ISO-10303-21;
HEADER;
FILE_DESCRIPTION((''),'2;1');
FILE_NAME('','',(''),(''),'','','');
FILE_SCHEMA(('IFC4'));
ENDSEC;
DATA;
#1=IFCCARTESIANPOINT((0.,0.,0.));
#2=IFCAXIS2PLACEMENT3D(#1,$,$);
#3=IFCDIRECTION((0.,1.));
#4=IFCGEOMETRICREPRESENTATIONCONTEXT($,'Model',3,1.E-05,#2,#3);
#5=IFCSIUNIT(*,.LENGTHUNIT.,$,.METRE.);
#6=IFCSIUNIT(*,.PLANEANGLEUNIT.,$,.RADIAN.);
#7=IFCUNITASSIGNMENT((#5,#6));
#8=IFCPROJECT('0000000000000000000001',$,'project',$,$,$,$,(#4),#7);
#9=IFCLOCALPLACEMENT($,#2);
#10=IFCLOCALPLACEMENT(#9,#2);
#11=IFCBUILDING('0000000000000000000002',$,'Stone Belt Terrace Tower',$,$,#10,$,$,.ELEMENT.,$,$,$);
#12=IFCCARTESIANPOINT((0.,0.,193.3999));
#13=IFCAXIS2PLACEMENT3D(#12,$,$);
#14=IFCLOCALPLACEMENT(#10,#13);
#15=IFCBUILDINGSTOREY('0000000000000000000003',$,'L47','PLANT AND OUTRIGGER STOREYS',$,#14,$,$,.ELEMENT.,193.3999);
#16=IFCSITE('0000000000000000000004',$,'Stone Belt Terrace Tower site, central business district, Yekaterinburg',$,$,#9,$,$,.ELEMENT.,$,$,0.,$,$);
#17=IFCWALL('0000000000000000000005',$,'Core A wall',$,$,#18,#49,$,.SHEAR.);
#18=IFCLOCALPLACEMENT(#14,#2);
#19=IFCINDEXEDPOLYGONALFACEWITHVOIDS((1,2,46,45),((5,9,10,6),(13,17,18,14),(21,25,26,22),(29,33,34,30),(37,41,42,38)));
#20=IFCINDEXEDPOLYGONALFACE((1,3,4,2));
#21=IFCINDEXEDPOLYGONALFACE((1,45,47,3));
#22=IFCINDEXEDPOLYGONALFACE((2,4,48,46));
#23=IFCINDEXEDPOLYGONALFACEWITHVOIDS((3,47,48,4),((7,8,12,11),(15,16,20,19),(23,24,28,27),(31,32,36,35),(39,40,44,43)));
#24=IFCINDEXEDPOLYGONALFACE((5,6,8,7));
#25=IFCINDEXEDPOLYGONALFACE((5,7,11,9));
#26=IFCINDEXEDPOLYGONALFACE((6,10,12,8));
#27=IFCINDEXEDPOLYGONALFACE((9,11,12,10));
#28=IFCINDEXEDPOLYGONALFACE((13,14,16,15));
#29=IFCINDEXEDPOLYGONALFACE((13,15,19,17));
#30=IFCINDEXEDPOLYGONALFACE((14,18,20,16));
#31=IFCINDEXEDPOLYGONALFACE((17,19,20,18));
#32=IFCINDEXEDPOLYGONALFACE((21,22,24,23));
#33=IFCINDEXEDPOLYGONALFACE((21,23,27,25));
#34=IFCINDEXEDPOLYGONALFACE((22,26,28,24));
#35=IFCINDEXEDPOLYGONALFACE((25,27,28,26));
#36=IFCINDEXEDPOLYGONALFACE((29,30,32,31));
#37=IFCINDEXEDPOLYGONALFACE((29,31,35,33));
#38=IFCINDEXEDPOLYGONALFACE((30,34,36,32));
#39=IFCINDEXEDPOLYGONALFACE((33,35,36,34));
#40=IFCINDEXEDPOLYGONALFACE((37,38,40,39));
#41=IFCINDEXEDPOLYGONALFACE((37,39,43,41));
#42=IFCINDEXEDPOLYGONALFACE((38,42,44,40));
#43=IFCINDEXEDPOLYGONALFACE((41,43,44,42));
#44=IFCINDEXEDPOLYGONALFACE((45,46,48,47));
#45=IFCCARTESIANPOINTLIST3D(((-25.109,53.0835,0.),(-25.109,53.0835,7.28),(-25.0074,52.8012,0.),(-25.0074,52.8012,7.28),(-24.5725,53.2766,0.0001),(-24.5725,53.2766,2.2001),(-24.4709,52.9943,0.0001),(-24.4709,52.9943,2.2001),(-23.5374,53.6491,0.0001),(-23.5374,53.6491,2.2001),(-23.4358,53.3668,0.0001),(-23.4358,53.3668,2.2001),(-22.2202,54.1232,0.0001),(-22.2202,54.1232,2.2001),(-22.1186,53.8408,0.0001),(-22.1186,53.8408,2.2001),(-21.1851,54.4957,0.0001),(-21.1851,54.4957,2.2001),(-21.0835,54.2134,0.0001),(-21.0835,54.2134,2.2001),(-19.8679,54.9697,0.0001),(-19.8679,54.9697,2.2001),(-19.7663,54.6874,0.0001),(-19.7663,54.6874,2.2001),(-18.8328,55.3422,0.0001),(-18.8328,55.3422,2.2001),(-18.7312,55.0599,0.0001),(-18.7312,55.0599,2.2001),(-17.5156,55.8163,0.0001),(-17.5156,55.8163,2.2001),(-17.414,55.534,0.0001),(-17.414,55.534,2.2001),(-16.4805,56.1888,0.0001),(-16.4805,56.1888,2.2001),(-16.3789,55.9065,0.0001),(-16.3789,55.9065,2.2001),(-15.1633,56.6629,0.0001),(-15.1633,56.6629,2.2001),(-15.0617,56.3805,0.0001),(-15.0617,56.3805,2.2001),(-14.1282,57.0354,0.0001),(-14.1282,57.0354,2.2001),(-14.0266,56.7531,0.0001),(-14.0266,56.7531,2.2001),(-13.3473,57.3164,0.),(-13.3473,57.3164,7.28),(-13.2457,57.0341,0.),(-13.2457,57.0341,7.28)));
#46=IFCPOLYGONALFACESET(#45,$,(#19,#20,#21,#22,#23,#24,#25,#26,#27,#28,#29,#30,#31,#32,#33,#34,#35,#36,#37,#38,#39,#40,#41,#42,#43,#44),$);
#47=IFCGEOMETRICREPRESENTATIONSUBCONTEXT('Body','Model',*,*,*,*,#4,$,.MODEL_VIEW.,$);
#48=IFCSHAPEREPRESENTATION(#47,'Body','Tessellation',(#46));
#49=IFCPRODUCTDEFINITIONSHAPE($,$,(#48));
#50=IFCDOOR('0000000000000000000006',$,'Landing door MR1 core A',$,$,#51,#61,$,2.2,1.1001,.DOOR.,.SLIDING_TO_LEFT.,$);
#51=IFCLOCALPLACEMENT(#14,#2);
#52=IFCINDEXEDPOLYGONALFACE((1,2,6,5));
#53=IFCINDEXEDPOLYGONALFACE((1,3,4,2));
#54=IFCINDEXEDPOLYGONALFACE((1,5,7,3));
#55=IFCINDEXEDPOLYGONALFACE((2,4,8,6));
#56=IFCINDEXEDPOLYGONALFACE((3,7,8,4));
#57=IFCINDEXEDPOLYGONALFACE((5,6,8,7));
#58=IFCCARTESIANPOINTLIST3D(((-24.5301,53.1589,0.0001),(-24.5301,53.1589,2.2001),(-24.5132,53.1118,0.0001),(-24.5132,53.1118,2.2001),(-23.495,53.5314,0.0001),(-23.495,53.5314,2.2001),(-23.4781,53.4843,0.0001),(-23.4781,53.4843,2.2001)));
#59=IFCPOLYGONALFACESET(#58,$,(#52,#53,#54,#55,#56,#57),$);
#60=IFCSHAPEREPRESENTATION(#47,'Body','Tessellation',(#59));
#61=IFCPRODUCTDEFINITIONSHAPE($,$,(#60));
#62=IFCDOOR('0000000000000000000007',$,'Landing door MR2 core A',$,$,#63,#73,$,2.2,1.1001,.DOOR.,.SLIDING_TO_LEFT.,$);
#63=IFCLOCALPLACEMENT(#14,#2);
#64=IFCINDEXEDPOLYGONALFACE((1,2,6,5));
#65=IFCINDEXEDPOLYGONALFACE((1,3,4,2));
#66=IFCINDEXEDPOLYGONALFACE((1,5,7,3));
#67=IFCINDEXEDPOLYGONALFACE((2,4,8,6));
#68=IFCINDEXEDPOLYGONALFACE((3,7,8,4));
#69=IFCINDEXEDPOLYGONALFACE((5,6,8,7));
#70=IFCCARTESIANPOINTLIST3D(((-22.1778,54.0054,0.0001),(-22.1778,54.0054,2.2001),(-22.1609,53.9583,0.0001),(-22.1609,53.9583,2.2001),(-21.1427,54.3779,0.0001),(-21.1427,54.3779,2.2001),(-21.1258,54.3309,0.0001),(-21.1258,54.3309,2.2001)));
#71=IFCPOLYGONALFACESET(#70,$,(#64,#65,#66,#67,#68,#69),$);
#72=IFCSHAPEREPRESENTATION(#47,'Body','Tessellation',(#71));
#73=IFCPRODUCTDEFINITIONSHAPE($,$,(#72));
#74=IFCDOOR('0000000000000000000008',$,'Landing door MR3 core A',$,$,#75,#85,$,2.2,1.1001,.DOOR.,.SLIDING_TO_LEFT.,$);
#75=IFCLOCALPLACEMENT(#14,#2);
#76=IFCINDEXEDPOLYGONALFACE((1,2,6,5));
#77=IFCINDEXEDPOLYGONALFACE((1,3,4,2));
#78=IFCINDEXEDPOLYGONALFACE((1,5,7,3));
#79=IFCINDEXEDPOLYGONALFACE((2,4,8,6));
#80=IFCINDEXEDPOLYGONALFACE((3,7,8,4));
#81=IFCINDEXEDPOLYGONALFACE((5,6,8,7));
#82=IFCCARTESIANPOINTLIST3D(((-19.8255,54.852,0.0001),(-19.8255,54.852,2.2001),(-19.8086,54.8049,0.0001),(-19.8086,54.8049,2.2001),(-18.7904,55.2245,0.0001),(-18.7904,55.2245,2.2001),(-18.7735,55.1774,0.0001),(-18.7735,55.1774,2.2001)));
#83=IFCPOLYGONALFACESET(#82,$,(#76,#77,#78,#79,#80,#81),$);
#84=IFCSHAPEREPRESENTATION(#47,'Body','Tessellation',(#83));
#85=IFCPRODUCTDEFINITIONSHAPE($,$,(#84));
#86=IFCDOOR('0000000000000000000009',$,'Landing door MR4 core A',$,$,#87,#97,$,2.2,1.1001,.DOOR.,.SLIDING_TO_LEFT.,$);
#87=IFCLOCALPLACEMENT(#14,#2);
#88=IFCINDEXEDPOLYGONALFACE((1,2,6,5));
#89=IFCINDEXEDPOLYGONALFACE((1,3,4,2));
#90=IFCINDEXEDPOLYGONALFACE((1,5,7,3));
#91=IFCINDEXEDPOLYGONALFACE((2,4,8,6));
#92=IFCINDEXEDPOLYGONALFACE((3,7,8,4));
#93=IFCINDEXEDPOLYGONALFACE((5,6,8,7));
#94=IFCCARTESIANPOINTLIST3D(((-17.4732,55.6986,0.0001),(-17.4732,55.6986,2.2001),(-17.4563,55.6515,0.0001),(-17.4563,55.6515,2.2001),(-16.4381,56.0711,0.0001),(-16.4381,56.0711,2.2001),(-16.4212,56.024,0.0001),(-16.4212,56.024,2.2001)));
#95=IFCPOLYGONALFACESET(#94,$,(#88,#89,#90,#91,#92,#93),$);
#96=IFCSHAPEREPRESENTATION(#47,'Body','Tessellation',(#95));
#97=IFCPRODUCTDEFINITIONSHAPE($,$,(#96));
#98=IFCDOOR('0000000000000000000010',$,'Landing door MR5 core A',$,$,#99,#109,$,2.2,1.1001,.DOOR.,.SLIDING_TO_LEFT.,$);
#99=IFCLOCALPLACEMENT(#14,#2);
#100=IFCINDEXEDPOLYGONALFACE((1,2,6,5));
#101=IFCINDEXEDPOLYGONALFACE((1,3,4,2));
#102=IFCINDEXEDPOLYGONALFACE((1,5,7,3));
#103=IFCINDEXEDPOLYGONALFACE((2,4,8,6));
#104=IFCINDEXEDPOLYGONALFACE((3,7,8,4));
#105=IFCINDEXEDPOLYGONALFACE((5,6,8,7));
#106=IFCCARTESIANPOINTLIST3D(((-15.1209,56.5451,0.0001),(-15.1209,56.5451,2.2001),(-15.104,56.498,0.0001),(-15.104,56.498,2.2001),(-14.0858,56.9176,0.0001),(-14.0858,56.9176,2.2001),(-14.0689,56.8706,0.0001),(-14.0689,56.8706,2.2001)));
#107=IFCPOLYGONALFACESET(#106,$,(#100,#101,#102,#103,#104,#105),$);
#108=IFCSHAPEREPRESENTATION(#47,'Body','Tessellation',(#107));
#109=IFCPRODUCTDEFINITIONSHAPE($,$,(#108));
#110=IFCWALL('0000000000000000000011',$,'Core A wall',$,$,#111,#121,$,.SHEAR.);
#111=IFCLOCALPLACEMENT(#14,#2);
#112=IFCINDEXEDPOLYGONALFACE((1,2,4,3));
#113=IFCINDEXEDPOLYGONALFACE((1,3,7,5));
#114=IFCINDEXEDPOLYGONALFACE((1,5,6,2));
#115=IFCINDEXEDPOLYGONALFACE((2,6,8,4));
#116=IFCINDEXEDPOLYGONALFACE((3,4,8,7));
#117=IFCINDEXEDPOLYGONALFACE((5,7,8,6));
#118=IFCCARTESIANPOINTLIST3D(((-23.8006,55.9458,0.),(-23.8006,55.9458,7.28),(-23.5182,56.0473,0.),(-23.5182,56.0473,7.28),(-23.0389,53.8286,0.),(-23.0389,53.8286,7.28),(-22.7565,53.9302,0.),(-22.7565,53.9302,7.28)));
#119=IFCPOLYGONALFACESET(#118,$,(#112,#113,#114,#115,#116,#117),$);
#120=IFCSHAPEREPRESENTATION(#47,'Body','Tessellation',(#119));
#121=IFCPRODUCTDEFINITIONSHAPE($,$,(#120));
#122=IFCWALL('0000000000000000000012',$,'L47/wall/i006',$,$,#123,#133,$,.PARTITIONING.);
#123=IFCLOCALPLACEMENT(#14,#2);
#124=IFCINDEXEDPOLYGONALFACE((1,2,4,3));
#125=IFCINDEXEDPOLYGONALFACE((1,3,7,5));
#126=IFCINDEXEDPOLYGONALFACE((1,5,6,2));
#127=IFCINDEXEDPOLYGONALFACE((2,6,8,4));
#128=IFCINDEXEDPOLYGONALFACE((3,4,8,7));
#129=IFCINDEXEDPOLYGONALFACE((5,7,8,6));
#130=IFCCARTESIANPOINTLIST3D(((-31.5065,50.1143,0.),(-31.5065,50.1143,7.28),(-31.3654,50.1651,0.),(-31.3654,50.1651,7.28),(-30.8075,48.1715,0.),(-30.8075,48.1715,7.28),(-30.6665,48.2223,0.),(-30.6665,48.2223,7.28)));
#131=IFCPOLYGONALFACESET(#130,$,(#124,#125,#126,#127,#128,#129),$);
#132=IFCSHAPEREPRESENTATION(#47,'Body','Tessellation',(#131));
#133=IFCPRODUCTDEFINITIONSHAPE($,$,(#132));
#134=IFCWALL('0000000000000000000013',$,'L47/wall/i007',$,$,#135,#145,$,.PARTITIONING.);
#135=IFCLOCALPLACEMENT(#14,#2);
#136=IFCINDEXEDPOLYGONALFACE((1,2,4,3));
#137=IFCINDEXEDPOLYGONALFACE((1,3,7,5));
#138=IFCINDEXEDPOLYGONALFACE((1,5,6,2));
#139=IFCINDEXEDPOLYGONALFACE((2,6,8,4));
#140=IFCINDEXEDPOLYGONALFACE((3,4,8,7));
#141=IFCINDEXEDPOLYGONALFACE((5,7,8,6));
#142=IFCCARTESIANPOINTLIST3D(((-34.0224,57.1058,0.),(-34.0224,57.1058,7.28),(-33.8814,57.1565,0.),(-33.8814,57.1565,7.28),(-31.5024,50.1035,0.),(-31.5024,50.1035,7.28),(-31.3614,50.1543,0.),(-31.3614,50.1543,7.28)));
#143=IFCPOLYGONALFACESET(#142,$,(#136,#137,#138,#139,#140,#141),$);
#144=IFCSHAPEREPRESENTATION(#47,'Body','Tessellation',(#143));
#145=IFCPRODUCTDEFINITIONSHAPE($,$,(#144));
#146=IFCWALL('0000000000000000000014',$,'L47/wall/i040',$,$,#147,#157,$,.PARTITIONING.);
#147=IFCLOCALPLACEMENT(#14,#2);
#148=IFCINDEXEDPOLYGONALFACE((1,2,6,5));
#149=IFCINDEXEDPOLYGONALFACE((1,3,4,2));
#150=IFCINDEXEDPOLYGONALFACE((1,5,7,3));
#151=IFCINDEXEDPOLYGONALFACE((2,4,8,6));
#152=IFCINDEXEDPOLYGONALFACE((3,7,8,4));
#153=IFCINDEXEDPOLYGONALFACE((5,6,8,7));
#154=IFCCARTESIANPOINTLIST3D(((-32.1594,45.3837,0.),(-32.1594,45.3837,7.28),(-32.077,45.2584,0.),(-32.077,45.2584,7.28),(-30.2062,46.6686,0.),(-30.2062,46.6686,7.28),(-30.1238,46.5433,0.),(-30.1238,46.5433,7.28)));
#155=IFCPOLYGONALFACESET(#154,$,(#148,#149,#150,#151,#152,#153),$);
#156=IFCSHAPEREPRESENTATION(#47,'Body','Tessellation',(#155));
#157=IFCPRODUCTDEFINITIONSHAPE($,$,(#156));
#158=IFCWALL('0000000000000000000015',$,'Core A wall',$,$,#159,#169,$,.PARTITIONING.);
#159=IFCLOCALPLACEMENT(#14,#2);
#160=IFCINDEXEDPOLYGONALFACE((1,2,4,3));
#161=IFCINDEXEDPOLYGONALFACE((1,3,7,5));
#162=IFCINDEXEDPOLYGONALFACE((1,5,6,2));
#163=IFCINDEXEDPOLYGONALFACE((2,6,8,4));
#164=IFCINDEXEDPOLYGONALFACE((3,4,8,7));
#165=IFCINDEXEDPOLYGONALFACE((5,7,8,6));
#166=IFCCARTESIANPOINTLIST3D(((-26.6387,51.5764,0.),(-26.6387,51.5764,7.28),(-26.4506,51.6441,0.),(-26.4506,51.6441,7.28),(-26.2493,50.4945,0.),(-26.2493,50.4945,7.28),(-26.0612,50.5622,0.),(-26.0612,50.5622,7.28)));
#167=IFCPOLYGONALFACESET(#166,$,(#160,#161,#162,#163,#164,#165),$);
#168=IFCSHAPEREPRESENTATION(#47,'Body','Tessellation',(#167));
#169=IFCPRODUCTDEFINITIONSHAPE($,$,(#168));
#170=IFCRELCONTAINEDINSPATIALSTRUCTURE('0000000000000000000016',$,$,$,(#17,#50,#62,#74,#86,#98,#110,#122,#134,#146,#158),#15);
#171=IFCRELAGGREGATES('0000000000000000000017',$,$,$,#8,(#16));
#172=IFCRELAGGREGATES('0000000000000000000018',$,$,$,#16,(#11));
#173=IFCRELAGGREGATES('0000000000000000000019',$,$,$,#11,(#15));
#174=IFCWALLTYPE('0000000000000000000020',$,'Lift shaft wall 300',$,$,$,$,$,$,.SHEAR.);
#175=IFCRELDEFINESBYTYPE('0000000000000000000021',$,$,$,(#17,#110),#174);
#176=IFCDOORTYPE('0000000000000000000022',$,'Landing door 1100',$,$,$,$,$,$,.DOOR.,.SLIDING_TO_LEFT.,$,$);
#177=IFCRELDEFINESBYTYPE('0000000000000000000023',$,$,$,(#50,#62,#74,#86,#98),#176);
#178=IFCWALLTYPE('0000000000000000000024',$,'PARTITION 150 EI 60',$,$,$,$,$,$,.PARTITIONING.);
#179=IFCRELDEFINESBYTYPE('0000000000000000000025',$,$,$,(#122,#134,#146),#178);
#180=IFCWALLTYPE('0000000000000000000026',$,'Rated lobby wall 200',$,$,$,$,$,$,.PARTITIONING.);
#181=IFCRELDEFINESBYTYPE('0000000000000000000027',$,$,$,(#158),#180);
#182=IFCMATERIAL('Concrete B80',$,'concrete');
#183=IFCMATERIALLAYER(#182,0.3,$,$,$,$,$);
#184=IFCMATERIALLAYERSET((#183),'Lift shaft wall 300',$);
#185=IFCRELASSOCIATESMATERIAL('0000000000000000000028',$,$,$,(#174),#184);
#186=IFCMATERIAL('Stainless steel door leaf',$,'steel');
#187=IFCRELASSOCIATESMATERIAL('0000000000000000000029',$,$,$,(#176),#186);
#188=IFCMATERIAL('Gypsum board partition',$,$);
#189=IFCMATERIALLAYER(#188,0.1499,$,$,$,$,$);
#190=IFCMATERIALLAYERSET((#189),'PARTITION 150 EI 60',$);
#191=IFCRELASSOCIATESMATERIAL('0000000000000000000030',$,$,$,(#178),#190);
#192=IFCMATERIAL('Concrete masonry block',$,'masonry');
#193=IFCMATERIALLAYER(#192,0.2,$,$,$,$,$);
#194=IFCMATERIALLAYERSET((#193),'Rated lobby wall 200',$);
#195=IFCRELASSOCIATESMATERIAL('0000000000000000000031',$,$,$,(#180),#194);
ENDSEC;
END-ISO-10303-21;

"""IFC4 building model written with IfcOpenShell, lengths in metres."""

from ifc_helpers import new_model, si_unit, direction, frame, frame_2d, origin, place, context, subcontext, project, spatial, rectangle, extrude, material, layer, layer_set, type_object, element, fill, save


model = new_model("IFC4")

# Units and contexts
model_context = context("Model", 3, precision=1e-05, world=origin(), true_north=direction((0.0, 1.0)))
body_context = subcontext(model_context, "Body", "Model", "MODEL_VIEW")
ifc_project = project(units=[si_unit("LENGTHUNIT", "METRE"), si_unit("PLANEANGLEUNIT", "RADIAN")], contexts=[model_context])

# Site, building, storey
site_placement = place(None, origin())
site = spatial("IfcSite", under=ifc_project, at=site_placement, Name="Stone Belt Terrace Tower site, central business district, Yekaterinburg", CompositionType="ELEMENT", RefElevation=0.0)
building_placement = place(site_placement, origin())
building = spatial("IfcBuilding", under=site, at=building_placement, Name="Stone Belt Terrace Tower", CompositionType="ELEMENT")
storey_placement = place(building_placement, frame((0.0, 0.0, 193.3999)))
storey = spatial("IfcBuildingStorey", under=building, at=storey_placement, Name="L47", Description="PLANT AND OUTRIGGER STOREYS", CompositionType="ELEMENT", Elevation=193.3999)

# Shared definitions
ifc_material_1 = material(Name="Concrete B80", Category="concrete")

# Shared definitions
ifc_layer_1 = layer(ifc_material_1, 0.3)
ifc_layer_set_1 = layer_set([ifc_layer_1], Name="Lift shaft wall 300")
wall_type_1 = type_object("IfcWallType", Name="Lift shaft wall 300", PredefinedType="SHEAR", material=ifc_layer_set_1)
ifc_material_2 = material(Name="Stainless steel door leaf", Category="steel")

# Wall, openings, doors
wall_1_placement = place(storey_placement, frame((-25.0581, 52.9424, 0.0), z_axis=(0.0, 0.0, 1.0), x_axis=(0.940921, 0.338627, 0.0)))
wall_1 = element("IfcWall", 1, at=wall_1_placement, inside=storey, type_object=wall_type_1, Name="Core A wall", PredefinedType="SHEAR", context=body_context, shape_type="SweptSolid", body=[
    extrude(rectangle(XDim=12.5002, YDim=0.3, at=frame_2d((6.25, 0.0))), origin(), (0.0, 0.0, 1.0), 7.28),
])
opening_1_placement = place(wall_1_placement, frame((0.5701, 0.0, 0.0)))
opening_1 = element("IfcOpeningElement", 2, at=opening_1_placement, cuts=wall_1, PredefinedType="OPENING", context=body_context, shape_type="SweptSolid", body=[
    extrude(rectangle(XDim=1.1001, YDim=2.2, at=frame_2d((0.55, 1.1001))), frame((0.0, 0.1599, 0.0), z_axis=(0.0, -1.0, 0.0), x_axis=(1.0, 0.0, 0.0)), (0.0, 0.0, 1.0), 0.3201),
])
opening_2_placement = place(wall_1_placement, frame((3.0701, 0.0, 0.0)))
opening_2 = element("IfcOpeningElement", 3, at=opening_2_placement, cuts=wall_1, PredefinedType="OPENING", context=body_context, shape_type="SweptSolid", body=[
    extrude(rectangle(XDim=1.1001, YDim=2.2, at=frame_2d((0.55, 1.1001))), frame((0.0, 0.1599, 0.0), z_axis=(0.0, -1.0, 0.0), x_axis=(1.0, 0.0, 0.0)), (0.0, 0.0, 1.0), 0.3201),
])
opening_3_placement = place(wall_1_placement, frame((5.5701, 0.0, 0.0)))
opening_3 = element("IfcOpeningElement", 4, at=opening_3_placement, cuts=wall_1, PredefinedType="OPENING", context=body_context, shape_type="SweptSolid", body=[
    extrude(rectangle(XDim=1.1001, YDim=2.2, at=frame_2d((0.55, 1.1001))), frame((0.0, 0.1599, 0.0), z_axis=(0.0, -1.0, 0.0), x_axis=(1.0, 0.0, 0.0)), (0.0, 0.0, 1.0), 0.3201),
])
opening_4_placement = place(wall_1_placement, frame((8.0701, 0.0, 0.0)))
opening_4 = element("IfcOpeningElement", 5, at=opening_4_placement, cuts=wall_1, PredefinedType="OPENING", context=body_context, shape_type="SweptSolid", body=[
    extrude(rectangle(XDim=1.1001, YDim=2.2, at=frame_2d((0.55, 1.1001))), frame((0.0, 0.1599, 0.0), z_axis=(0.0, -1.0, 0.0), x_axis=(1.0, 0.0, 0.0)), (0.0, 0.0, 1.0), 0.3201),
])
opening_5_placement = place(wall_1_placement, frame((10.5701, 0.0, 0.0)))
opening_5 = element("IfcOpeningElement", 6, at=opening_5_placement, cuts=wall_1, PredefinedType="OPENING", context=body_context, shape_type="SweptSolid", body=[
    extrude(rectangle(XDim=1.1001, YDim=2.2, at=frame_2d((0.55, 1.1001))), frame((0.0, 0.1599, 0.0), z_axis=(0.0, -1.0, 0.0), x_axis=(1.0, 0.0, 0.0)), (0.0, 0.0, 1.0), 0.3201),
])
door_type_1 = type_object("IfcDoorType", Name="Landing door 1100", OperationType="SLIDING_TO_LEFT", PredefinedType="DOOR", material=ifc_material_2)
door_1_placement = place(opening_1_placement, origin())
door_1 = element("IfcDoor", 7, at=door_1_placement, inside=storey, type_object=door_type_1, Name="Landing door MR1 core A", OperationType="SLIDING_TO_LEFT", OverallHeight=2.2, OverallWidth=1.1001, PredefinedType="DOOR", context=body_context, shape_type="SweptSolid", body=[
    extrude(rectangle(XDim=1.1001, YDim=2.2, at=frame_2d((0.55, 1.1001))), frame((0.0, 0.0249, 0.0), z_axis=(0.0, -1.0, 0.0), x_axis=(1.0, 0.0, 0.0)), (0.0, 0.0, 1.0), 0.05),
])
fill(opening_1, door_1)
door_2_placement = place(opening_2_placement, origin())
door_2 = element("IfcDoor", 8, at=door_2_placement, inside=storey, type_object=door_type_1, Name="Landing door MR2 core A", OperationType="SLIDING_TO_LEFT", OverallHeight=2.2, OverallWidth=1.1001, PredefinedType="DOOR", context=body_context, shape_type="SweptSolid", body=[
    extrude(rectangle(XDim=1.1001, YDim=2.2, at=frame_2d((0.55, 1.1001))), frame((0.0, 0.0249, 0.0), z_axis=(0.0, -1.0, 0.0), x_axis=(1.0, 0.0, 0.0)), (0.0, 0.0, 1.0), 0.05),
])
fill(opening_2, door_2)
door_3_placement = place(opening_3_placement, origin())
door_3 = element("IfcDoor", 9, at=door_3_placement, inside=storey, type_object=door_type_1, Name="Landing door MR3 core A", OperationType="SLIDING_TO_LEFT", OverallHeight=2.2, OverallWidth=1.1001, PredefinedType="DOOR", context=body_context, shape_type="SweptSolid", body=[
    extrude(rectangle(XDim=1.1001, YDim=2.2, at=frame_2d((0.55, 1.1001))), frame((0.0, 0.0249, 0.0), z_axis=(0.0, -1.0, 0.0), x_axis=(1.0, 0.0, 0.0)), (0.0, 0.0, 1.0), 0.05),
])
fill(opening_3, door_3)
door_4_placement = place(opening_4_placement, origin())
door_4 = element("IfcDoor", 10, at=door_4_placement, inside=storey, type_object=door_type_1, Name="Landing door MR4 core A", OperationType="SLIDING_TO_LEFT", OverallHeight=2.2, OverallWidth=1.1001, PredefinedType="DOOR", context=body_context, shape_type="SweptSolid", body=[
    extrude(rectangle(XDim=1.1001, YDim=2.2, at=frame_2d((0.55, 1.1001))), frame((0.0, 0.0249, 0.0), z_axis=(0.0, -1.0, 0.0), x_axis=(1.0, 0.0, 0.0)), (0.0, 0.0, 1.0), 0.05),
])
fill(opening_4, door_4)
door_5_placement = place(opening_5_placement, origin())
door_5 = element("IfcDoor", 11, at=door_5_placement, inside=storey, type_object=door_type_1, Name="Landing door MR5 core A", OperationType="SLIDING_TO_LEFT", OverallHeight=2.2, OverallWidth=1.1001, PredefinedType="DOOR", context=body_context, shape_type="SweptSolid", body=[
    extrude(rectangle(XDim=1.1001, YDim=2.2, at=frame_2d((0.55, 1.1001))), frame((0.0, 0.0249, 0.0), z_axis=(0.0, -1.0, 0.0), x_axis=(1.0, 0.0, 0.0)), (0.0, 0.0, 1.0), 0.05),
])
fill(opening_5, door_5)

# Walls
wall_2_placement = place(storey_placement, frame((-22.8977, 53.8794, 0.0), z_axis=(0.0, 0.0, 1.0), x_axis=(-0.338535, 0.940954, 0.0)))
element("IfcWall", 12, at=wall_2_placement, inside=storey, type_object=wall_type_1, Name="Core A wall", PredefinedType="SHEAR", context=body_context, shape_type="SweptSolid", body=[
    extrude(rectangle(XDim=2.25, YDim=0.3, at=frame_2d((1.125, 0.0))), origin(), (0.0, 0.0, 1.0), 7.28),
])
ifc_material_3 = material(Name="Gypsum board partition")
ifc_layer_2 = layer(ifc_material_3, 0.1499)
ifc_layer_set_2 = layer_set([ifc_layer_2], Name="PARTITION 150 EI 60")
wall_type_2 = type_object("IfcWallType", Name="PARTITION 150 EI 60", PredefinedType="PARTITIONING", material=ifc_layer_set_2)
wall_3_placement = place(storey_placement, frame((-30.7371, 48.197, 0.0), z_axis=(0.0, 0.0, 1.0), x_axis=(-0.338523, 0.940958, 0.0)))
element("IfcWall", 13, at=wall_3_placement, inside=storey, type_object=wall_type_2, Name="L47/wall/i006", PredefinedType="PARTITIONING", context=body_context, shape_type="SweptSolid", body=[
    extrude(rectangle(XDim=2.0647, YDim=0.1499, at=frame_2d((1.0322, 0.0))), origin(), (0.0, 0.0, 1.0), 7.28),
])
wall_4_placement = place(storey_placement, frame((-31.4319, 50.1289, 0.0), z_axis=(0.0, 0.0, 1.0), x_axis=(-0.338628, 0.94092, 0.0)))
element("IfcWall", 14, at=wall_4_placement, inside=storey, type_object=wall_type_2, Name="L47/wall/i007", PredefinedType="PARTITIONING", context=body_context, shape_type="SweptSolid", body=[
    extrude(rectangle(XDim=7.4419, YDim=0.1499, at=frame_2d((3.7209, 0.0))), origin(), (0.0, 0.0, 1.0), 7.28),
])
wall_5_placement = place(storey_placement, frame((-30.165, 46.606, 0.0), z_axis=(0.0, 0.0, 1.0), x_axis=(-0.835425, -0.549605, 0.0)))
element("IfcWall", 15, at=wall_5_placement, inside=storey, type_object=wall_type_2, Name="L47/wall/i040", PredefinedType="PARTITIONING", context=body_context, shape_type="SweptSolid", body=[
    extrude(rectangle(XDim=2.3379, YDim=0.1499, at=frame_2d((1.1689, 0.0))), origin(), (0.0, 0.0, 1.0), 7.28),
])
ifc_material_4 = material(Name="Concrete masonry block", Category="masonry")
ifc_layer_3 = layer(ifc_material_4, 0.2)
ifc_layer_set_3 = layer_set([ifc_layer_3], Name="Rated lobby wall 200")
wall_type_3 = type_object("IfcWallType", Name="Rated lobby wall 200", PredefinedType="PARTITIONING", material=ifc_layer_set_3)
wall_6_placement = place(storey_placement, frame((-26.1553, 50.5283, 0.0), z_axis=(0.0, 0.0, 1.0), x_axis=(-0.338622, 0.940923, 0.0)))
element("IfcWall", 16, at=wall_6_placement, inside=storey, type_object=wall_type_3, Name="Core A wall", PredefinedType="PARTITIONING", context=body_context, shape_type="SweptSolid", body=[
    extrude(rectangle(XDim=1.1499, YDim=0.2, at=frame_2d((0.575, 0.0))), origin(), (0.0, 0.0, 1.0), 7.28),
])

save(model, "model.ifc")
